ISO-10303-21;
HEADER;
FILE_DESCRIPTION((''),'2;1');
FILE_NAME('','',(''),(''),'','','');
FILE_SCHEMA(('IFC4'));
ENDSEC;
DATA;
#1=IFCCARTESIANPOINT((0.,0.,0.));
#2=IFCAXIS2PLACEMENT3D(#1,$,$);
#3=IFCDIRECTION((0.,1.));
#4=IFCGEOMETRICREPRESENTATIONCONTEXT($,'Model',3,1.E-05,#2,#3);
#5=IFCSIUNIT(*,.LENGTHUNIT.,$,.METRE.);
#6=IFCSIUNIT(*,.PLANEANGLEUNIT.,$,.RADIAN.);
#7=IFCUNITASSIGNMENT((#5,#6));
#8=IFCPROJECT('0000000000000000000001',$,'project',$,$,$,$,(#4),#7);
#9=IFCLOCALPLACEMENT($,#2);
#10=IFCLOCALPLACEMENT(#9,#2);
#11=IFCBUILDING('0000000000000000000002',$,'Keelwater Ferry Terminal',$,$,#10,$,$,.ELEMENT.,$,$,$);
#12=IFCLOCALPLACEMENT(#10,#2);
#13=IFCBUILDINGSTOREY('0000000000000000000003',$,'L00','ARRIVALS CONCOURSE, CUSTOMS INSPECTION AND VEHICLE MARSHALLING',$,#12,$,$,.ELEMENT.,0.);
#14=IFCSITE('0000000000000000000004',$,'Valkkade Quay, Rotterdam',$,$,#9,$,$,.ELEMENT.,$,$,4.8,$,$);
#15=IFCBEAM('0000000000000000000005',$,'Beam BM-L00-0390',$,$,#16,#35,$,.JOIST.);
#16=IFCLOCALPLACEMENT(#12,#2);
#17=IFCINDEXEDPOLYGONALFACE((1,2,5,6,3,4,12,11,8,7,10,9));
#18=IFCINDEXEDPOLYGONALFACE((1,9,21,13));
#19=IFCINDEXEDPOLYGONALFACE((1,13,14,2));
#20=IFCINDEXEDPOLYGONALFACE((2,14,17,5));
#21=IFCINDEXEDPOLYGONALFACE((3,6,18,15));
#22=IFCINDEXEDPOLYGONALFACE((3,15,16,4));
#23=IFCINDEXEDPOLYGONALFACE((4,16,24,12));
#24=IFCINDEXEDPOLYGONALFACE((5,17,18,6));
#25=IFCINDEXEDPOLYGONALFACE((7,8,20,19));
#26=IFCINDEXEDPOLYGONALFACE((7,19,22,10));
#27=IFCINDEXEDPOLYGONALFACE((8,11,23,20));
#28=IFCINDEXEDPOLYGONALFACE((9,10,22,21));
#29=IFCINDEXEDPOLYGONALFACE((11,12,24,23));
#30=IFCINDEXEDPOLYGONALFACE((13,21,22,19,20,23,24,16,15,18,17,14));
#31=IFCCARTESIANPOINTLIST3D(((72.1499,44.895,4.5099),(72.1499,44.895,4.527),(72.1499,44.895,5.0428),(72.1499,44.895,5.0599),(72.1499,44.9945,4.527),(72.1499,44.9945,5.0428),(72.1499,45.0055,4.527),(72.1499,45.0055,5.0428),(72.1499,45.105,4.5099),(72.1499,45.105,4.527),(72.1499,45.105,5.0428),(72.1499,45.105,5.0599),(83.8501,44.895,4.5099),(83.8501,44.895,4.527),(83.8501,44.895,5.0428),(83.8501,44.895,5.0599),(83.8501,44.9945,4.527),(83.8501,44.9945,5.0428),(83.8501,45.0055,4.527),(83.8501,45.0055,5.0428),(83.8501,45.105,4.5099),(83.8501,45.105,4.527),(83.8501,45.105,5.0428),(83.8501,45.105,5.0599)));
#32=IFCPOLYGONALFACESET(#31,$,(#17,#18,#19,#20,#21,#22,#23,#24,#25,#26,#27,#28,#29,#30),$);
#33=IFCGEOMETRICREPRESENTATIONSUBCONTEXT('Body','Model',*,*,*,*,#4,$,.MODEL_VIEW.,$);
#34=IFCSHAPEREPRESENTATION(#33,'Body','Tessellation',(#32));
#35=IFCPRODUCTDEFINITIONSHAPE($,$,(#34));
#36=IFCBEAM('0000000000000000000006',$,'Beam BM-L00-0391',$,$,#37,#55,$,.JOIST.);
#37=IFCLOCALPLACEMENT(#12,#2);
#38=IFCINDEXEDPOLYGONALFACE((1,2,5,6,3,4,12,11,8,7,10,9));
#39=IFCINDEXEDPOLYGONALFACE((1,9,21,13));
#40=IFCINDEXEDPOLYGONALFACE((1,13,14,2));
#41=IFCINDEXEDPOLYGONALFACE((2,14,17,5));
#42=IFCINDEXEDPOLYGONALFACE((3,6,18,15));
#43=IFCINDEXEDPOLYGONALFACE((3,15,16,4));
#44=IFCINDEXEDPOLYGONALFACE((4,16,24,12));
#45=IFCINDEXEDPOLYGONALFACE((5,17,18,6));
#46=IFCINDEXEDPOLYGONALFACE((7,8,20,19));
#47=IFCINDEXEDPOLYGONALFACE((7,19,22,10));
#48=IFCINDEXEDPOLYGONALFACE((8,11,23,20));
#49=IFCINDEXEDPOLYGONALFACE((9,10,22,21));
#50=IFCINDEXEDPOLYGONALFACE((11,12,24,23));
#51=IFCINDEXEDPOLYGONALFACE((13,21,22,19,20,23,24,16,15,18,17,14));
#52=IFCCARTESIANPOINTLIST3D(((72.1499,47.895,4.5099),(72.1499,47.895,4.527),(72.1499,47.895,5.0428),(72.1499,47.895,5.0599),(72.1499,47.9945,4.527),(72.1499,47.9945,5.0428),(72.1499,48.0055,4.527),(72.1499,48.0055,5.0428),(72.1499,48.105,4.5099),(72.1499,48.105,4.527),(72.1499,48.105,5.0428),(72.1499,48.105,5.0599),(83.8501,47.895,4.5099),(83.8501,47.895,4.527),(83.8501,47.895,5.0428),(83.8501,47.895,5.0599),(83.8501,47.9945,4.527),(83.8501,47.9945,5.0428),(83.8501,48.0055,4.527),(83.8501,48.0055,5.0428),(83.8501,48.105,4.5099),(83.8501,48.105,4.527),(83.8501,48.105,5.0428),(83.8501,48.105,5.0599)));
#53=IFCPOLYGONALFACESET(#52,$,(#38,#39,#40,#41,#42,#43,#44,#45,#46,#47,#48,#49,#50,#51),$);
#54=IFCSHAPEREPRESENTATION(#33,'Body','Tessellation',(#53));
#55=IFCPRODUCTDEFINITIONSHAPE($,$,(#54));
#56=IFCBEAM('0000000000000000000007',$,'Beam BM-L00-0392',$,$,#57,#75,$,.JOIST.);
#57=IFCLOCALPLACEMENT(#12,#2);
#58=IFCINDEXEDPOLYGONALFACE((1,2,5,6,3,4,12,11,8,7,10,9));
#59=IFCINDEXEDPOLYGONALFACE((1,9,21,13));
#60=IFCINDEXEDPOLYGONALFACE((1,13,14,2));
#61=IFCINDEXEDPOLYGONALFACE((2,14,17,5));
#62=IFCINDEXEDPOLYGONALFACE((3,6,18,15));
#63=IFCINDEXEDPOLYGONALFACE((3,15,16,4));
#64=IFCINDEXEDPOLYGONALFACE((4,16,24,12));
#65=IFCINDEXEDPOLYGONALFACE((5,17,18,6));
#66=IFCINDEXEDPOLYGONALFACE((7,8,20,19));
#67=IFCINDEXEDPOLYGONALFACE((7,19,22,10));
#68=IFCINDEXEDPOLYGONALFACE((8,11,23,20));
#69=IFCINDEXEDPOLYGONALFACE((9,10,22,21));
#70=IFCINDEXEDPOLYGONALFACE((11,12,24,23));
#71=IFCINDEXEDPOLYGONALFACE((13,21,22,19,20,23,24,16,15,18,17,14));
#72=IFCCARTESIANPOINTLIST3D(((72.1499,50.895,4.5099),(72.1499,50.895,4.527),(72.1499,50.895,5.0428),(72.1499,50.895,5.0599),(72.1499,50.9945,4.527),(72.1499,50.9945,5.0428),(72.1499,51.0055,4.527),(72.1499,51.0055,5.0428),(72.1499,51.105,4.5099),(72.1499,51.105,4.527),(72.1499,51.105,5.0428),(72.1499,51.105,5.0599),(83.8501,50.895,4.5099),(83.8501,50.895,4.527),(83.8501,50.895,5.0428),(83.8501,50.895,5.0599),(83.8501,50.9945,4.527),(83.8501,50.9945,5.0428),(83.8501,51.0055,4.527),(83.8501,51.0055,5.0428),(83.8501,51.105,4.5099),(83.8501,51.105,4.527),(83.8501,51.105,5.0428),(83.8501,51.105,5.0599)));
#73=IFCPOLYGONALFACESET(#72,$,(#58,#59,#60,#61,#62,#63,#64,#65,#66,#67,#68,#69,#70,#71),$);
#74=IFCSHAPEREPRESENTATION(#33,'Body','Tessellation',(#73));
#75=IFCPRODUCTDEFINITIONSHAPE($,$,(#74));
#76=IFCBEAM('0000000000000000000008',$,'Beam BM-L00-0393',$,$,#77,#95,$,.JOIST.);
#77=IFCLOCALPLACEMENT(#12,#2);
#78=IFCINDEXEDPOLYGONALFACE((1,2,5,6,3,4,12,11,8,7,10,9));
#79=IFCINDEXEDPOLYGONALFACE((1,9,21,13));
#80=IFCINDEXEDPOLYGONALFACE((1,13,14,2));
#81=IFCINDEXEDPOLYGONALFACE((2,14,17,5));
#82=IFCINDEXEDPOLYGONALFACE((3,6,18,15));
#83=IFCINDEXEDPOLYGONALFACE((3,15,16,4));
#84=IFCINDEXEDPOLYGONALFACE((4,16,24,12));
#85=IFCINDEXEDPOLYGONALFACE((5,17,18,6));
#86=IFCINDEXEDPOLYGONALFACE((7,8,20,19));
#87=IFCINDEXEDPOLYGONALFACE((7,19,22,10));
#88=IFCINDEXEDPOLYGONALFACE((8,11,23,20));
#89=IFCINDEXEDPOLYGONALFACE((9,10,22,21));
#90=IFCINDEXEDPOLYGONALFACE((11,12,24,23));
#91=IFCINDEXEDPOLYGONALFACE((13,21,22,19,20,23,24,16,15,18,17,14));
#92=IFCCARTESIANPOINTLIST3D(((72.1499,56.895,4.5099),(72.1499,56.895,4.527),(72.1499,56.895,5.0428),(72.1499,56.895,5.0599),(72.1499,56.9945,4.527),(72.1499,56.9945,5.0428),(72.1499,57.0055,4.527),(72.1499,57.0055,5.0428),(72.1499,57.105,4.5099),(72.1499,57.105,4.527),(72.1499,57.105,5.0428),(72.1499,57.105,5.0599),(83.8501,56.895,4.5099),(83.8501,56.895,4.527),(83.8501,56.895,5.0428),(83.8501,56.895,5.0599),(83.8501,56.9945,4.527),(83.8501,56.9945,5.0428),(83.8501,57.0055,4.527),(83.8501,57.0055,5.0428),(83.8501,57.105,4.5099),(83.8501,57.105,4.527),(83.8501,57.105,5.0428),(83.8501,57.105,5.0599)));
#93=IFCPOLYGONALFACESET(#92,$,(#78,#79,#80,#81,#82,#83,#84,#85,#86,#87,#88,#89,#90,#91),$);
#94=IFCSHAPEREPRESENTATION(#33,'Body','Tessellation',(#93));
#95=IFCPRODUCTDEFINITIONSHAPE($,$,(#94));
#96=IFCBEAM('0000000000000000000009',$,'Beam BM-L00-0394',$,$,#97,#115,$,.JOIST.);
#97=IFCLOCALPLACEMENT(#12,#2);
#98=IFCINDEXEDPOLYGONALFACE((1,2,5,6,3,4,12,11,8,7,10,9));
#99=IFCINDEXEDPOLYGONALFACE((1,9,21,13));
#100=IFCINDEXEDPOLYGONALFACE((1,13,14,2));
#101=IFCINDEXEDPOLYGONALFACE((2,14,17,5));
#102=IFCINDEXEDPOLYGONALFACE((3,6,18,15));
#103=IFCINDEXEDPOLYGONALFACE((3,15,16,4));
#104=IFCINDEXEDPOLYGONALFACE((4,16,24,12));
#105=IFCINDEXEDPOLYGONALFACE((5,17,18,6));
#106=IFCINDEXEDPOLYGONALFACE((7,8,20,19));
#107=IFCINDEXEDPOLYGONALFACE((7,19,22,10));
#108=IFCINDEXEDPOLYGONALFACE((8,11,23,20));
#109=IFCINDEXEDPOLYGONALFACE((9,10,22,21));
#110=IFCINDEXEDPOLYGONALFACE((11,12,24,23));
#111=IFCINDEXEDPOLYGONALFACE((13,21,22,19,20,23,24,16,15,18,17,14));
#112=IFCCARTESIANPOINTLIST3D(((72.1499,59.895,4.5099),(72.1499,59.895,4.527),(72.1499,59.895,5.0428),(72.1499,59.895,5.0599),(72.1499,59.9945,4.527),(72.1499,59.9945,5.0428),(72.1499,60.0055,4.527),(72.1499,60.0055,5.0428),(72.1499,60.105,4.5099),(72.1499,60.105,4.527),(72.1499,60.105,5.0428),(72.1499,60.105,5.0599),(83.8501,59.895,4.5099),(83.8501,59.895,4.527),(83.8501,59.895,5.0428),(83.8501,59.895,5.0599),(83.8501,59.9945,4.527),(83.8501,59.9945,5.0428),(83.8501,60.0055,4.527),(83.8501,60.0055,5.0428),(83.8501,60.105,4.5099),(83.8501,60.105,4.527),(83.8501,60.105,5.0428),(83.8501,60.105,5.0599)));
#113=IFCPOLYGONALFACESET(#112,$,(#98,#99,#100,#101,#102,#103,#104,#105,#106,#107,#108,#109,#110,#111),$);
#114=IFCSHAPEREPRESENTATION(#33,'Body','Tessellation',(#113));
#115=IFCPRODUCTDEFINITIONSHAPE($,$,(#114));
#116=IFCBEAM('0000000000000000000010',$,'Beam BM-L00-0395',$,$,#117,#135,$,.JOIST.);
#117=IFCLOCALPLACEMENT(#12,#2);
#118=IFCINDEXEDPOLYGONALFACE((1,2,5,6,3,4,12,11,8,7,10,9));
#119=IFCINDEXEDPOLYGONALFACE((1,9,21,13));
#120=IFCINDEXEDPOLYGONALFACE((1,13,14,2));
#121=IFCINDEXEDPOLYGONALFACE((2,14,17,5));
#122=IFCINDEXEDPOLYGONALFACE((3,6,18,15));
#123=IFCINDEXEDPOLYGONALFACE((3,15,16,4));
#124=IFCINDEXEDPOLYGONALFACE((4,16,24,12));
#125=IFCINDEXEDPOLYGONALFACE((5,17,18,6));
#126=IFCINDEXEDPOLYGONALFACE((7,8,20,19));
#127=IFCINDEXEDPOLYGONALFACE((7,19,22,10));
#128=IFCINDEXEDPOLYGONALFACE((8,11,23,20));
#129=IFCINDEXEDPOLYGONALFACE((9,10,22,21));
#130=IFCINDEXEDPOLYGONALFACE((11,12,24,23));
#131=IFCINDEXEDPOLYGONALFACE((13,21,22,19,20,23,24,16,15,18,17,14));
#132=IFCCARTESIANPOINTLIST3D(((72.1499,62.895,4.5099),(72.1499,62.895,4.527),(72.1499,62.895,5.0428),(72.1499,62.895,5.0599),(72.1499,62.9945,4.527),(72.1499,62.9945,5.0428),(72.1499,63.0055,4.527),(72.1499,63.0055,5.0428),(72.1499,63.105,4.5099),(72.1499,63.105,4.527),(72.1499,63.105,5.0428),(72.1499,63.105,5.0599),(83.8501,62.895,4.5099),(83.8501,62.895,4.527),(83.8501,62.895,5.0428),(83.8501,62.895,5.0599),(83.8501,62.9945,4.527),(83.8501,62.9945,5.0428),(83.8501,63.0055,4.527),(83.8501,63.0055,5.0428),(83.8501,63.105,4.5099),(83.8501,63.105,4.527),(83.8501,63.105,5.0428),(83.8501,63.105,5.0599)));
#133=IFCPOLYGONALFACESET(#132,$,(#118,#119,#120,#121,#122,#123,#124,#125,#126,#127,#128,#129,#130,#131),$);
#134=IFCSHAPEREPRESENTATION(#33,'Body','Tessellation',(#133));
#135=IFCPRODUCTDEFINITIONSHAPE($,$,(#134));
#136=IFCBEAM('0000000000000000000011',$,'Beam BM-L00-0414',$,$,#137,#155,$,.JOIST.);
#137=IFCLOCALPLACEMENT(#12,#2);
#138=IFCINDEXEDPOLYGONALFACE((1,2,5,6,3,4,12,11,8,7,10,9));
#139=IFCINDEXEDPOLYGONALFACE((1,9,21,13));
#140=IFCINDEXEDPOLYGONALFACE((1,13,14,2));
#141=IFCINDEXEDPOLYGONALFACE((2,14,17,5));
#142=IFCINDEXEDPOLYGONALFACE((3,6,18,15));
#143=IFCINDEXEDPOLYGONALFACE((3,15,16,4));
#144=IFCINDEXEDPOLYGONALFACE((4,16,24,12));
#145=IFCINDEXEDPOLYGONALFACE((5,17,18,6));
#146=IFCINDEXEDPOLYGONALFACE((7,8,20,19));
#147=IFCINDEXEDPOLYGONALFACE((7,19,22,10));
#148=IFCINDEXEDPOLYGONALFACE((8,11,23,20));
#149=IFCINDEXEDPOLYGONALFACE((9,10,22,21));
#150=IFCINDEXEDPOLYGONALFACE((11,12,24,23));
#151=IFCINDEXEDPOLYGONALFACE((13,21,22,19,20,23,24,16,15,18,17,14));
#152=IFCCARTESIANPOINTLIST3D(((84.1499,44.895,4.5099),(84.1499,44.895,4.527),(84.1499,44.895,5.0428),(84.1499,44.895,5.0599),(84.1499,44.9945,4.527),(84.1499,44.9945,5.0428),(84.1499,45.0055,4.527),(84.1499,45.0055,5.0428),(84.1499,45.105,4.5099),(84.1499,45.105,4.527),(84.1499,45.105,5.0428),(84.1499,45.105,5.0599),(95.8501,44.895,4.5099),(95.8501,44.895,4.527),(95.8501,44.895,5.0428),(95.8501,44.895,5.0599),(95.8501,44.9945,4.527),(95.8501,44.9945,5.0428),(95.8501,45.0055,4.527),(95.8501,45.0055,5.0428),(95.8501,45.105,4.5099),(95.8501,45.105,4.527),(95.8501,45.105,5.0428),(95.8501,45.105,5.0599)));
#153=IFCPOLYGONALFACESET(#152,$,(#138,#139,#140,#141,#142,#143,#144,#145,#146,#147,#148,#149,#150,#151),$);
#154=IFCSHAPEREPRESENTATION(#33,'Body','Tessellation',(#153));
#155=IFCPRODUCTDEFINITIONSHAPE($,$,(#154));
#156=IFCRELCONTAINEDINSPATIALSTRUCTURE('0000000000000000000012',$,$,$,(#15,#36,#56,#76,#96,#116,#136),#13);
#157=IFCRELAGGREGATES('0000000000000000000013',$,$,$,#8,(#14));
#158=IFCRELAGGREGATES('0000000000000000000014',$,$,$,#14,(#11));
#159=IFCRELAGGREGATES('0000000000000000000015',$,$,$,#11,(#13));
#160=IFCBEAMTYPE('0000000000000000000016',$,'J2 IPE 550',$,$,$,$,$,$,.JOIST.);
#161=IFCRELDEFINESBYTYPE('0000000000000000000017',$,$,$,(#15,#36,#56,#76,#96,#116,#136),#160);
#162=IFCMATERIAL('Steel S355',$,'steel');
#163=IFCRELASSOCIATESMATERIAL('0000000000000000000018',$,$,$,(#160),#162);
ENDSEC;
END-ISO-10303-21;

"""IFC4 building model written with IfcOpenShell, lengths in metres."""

from ifc_helpers import new_model, si_unit, direction, frame, origin, origin_2d, place, context, subcontext, project, spatial, i_section, extrude, material, material_profile, profile_set, type_object, element, save


model = new_model("IFC4")

# Units and contexts
model_context = context("Model", 3, precision=1e-05, world=origin(), true_north=direction((0.0, 1.0)))
body_context = subcontext(model_context, "Body", "Model", "MODEL_VIEW")
ifc_project = project(units=[si_unit("LENGTHUNIT", "METRE"), si_unit("PLANEANGLEUNIT", "RADIAN")], contexts=[model_context])

# Site, building, storey
site_placement = place(None, origin())
site = spatial("IfcSite", under=ifc_project, at=site_placement, Name="Valkkade Quay, Rotterdam", CompositionType="ELEMENT", RefElevation=4.8)
building_placement = place(site_placement, origin())
building = spatial("IfcBuilding", under=site, at=building_placement, Name="Keelwater Ferry Terminal", CompositionType="ELEMENT")
storey_placement = place(building_placement, origin())
storey = spatial("IfcBuildingStorey", under=building, at=storey_placement, Name="L00", Description="ARRIVALS CONCOURSE, CUSTOMS INSPECTION AND VEHICLE MARSHALLING", CompositionType="ELEMENT", Elevation=0.0)

# Beams
ifc_material_1 = material(Name="Steel S355", Category="steel")
ifc_material_profile_1 = material_profile(ifc_material_1, i_section(OverallWidth=0.21, OverallDepth=0.55, WebThickness=0.011, FlangeThickness=0.0171, at=origin_2d()), Name="IPE 550")
ifc_profile_set_1 = profile_set([ifc_material_profile_1], Name="Steel S355")
beam_type_1 = type_object("IfcBeamType", Name="J2 IPE 550", PredefinedType="JOIST", material=ifc_profile_set_1)
for number, where, z_axis, x_axis, name in (
    (1, (72.1499, 45.0, 4.7849), (1.0, 0.0, 0.0), (0.0, 1.0, 0.0), "Beam BM-L00-0390"),
    (2, (72.1499, 48.0, 4.7849), (1.0, 0.0, 0.0), (0.0, 1.0, 0.0), "Beam BM-L00-0391"),
    (3, (72.1499, 51.0, 4.7849), (1.0, 0.0, 0.0), (0.0, 1.0, 0.0), "Beam BM-L00-0392"),
    (4, (72.1499, 57.0, 4.7849), (1.0, 0.0, 0.0), (0.0, 1.0, 0.0), "Beam BM-L00-0393"),
    (5, (72.1499, 60.0, 4.7849), (1.0, 0.0, 0.0), (0.0, 1.0, 0.0), "Beam BM-L00-0394"),
    (6, (72.1499, 63.0, 4.7849), (1.0, 0.0, 0.0), (0.0, 1.0, 0.0), "Beam BM-L00-0395"),
    (7, (84.1499, 45.0, 4.7849), (1.0, 0.0, 0.0), (0.0, 1.0, 0.0), "Beam BM-L00-0414"),
):
    element("IfcBeam", number, at=place(storey_placement, frame(where, z_axis=z_axis, x_axis=x_axis)), inside=storey, type_object=beam_type_1, Name=name, PredefinedType="JOIST", context=body_context, shape_type="SweptSolid", body=[
        extrude(i_section(OverallWidth=0.21, OverallDepth=0.55, WebThickness=0.011, FlangeThickness=0.0171, at=origin_2d()), origin(), (0.0, 0.0, 1.0), 11.7002),
    ])

save(model, "model.ifc")
